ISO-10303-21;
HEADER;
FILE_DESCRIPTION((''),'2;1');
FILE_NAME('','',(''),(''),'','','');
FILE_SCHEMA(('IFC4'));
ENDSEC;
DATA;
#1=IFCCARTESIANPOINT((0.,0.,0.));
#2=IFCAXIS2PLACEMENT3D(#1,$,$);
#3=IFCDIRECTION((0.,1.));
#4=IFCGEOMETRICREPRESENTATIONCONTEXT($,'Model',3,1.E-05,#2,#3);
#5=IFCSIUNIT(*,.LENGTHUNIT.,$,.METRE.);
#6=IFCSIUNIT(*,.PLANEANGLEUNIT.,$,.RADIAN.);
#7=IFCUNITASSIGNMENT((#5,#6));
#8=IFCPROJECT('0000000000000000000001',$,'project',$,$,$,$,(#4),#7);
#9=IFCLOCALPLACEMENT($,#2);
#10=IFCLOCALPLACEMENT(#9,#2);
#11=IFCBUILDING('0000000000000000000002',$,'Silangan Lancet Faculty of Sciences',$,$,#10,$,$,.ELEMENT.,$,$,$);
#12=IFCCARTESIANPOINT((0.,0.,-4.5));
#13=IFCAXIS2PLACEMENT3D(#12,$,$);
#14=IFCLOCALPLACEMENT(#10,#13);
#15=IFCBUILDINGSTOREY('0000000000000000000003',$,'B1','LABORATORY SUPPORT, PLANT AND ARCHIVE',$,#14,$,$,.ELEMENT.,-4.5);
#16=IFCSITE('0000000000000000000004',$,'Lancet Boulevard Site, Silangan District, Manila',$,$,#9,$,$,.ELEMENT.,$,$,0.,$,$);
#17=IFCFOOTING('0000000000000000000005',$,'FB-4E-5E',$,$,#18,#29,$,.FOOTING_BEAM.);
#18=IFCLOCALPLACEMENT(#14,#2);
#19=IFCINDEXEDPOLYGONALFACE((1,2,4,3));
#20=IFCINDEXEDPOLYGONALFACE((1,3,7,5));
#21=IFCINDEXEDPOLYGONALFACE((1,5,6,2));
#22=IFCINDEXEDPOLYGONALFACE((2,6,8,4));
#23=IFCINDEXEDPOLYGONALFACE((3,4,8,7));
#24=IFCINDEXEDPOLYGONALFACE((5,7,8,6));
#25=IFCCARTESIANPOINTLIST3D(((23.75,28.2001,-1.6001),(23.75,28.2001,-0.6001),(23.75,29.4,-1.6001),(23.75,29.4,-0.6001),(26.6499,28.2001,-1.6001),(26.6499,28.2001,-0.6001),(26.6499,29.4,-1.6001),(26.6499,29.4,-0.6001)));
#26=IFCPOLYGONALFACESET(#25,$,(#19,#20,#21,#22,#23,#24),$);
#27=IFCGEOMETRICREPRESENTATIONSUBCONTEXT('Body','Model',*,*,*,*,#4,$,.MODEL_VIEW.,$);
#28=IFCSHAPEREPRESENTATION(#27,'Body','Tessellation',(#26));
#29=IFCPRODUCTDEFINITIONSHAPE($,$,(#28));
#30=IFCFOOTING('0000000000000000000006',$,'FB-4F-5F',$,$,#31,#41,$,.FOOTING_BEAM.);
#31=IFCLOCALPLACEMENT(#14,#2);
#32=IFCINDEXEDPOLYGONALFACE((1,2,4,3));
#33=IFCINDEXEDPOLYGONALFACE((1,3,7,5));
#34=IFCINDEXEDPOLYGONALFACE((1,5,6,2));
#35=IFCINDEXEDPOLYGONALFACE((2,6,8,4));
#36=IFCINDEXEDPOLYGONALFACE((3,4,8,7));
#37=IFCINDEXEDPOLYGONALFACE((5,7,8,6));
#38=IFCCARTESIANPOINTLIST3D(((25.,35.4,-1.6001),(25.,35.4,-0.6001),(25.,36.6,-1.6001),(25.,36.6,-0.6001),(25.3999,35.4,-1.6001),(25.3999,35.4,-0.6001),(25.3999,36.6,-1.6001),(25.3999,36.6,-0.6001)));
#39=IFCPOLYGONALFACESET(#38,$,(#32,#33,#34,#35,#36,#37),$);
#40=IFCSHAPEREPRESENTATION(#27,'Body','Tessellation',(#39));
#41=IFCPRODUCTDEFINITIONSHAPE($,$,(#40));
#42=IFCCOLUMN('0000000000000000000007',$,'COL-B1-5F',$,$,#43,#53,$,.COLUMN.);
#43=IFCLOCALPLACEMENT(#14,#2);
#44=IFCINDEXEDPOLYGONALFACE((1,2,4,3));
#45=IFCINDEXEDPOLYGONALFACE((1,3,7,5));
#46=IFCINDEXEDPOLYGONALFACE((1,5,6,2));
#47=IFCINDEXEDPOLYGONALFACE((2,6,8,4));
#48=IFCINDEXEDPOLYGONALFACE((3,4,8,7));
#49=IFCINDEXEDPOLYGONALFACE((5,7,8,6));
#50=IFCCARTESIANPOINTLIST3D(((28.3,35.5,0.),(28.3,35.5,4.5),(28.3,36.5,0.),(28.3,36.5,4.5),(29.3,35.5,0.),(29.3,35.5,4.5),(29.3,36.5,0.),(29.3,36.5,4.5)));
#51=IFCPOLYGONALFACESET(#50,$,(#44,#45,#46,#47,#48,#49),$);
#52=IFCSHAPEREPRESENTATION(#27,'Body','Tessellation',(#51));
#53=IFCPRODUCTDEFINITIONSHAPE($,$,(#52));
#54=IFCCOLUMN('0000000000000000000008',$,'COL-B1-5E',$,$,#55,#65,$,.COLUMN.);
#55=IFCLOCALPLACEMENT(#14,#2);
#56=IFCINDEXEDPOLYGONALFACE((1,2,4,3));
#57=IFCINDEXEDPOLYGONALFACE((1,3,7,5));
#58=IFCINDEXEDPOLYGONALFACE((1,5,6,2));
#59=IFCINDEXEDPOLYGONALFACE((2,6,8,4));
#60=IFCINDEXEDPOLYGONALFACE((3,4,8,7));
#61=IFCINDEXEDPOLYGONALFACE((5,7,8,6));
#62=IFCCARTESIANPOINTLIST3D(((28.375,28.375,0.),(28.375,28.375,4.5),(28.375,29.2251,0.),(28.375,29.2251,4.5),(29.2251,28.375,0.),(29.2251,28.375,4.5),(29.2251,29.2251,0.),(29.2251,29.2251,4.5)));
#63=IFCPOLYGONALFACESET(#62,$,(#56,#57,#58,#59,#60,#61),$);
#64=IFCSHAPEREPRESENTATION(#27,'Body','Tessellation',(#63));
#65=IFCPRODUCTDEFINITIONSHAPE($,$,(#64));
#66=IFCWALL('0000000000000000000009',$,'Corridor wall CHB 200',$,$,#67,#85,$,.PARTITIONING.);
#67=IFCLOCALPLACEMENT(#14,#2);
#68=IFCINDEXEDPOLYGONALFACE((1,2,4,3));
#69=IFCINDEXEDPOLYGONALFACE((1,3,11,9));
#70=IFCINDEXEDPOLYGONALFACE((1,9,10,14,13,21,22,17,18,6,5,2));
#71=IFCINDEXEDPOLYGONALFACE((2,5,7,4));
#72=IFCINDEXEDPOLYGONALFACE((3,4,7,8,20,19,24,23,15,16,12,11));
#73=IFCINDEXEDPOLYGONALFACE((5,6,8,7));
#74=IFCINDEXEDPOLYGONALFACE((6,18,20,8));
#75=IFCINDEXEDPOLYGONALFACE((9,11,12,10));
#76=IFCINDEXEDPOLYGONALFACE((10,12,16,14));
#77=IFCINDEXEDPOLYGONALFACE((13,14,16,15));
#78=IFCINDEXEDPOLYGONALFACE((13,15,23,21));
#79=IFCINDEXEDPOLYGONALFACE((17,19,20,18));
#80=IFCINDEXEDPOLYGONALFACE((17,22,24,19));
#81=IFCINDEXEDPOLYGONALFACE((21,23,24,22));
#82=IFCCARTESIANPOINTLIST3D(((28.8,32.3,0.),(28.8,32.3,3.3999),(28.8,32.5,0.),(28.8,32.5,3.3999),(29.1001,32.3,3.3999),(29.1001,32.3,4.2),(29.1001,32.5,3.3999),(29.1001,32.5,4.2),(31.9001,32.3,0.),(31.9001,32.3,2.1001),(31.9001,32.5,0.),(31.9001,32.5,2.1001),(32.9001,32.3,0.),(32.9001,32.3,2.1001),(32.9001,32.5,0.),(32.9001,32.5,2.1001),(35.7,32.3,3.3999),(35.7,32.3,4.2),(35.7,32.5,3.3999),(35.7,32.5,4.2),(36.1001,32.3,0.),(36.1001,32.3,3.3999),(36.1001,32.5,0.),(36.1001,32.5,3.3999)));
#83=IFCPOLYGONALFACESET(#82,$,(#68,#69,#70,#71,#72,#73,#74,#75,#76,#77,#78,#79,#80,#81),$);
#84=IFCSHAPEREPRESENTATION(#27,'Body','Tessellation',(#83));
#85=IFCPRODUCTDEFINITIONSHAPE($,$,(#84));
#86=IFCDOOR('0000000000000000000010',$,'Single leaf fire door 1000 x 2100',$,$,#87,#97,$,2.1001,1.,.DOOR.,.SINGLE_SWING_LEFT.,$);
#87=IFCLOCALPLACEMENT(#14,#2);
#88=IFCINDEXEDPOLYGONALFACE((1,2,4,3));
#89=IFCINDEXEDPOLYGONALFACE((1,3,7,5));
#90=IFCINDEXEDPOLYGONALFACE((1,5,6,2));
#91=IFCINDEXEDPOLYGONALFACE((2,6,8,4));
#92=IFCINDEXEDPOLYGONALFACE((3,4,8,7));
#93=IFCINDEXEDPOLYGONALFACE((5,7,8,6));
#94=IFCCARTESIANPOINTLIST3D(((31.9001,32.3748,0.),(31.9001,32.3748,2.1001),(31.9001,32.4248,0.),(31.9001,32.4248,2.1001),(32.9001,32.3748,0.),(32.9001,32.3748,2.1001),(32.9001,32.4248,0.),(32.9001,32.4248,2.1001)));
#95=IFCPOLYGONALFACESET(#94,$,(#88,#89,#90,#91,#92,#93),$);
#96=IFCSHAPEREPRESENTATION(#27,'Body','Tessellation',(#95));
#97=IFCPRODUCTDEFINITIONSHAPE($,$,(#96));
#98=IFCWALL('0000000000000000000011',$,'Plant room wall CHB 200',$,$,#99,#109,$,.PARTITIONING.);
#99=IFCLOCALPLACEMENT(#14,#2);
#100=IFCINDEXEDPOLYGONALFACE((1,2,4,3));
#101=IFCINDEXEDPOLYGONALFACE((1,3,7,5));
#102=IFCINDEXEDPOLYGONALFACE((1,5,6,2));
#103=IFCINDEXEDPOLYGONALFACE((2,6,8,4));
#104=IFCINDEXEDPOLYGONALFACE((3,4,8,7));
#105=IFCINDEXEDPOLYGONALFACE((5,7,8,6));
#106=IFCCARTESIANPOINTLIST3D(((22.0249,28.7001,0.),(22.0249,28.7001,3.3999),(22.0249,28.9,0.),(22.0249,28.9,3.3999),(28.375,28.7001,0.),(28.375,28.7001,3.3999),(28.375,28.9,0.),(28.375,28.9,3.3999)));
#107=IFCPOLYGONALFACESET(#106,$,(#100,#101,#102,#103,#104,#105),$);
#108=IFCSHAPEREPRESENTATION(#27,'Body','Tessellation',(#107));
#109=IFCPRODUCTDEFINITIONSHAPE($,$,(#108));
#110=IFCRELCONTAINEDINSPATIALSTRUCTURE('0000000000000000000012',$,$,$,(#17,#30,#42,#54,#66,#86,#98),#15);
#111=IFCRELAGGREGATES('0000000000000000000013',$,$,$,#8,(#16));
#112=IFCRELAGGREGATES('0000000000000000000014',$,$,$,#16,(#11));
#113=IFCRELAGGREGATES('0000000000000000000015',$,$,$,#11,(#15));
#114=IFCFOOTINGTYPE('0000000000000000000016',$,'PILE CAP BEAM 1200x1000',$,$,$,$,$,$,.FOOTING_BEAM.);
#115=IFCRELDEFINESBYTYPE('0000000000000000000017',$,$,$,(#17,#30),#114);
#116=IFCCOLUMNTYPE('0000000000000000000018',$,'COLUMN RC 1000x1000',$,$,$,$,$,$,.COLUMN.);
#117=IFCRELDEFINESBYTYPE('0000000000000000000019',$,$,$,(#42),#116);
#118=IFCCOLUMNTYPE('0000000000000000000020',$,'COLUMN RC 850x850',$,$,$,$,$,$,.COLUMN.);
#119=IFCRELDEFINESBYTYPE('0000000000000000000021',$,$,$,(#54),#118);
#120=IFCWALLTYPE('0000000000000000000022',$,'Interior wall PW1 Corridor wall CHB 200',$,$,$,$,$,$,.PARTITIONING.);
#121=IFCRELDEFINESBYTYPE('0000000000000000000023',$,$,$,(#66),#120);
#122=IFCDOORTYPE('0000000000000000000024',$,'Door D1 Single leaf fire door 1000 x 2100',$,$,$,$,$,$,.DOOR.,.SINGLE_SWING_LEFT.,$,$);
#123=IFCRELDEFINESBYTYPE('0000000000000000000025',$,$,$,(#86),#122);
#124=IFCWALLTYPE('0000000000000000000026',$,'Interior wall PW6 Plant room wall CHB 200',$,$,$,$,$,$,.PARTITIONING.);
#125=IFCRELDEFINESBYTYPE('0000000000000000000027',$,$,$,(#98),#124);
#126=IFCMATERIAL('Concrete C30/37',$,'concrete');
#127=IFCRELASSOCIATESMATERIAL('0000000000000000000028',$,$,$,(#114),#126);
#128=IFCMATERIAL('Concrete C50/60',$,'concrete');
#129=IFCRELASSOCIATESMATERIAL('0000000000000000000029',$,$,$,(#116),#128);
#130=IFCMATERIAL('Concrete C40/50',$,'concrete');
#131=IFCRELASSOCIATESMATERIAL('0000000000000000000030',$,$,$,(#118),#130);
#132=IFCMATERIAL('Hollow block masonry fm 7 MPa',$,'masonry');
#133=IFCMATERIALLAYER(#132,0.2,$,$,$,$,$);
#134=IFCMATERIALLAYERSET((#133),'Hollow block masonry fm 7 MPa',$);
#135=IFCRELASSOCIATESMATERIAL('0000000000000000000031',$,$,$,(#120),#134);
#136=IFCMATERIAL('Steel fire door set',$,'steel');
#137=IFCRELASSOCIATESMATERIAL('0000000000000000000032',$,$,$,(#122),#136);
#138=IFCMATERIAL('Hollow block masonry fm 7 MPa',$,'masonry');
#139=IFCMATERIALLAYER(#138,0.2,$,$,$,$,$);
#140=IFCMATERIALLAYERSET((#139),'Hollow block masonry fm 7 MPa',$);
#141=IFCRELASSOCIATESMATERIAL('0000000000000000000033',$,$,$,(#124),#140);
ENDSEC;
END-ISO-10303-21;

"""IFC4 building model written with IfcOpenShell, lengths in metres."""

from ifc_helpers import new_model, si_unit, direction, frame, frame_2d, origin, origin_2d, place, context, subcontext, project, spatial, polyline, rectangle, outline, extrude, material, layer, layer_set, material_profile, profile_set, type_object, element, fill, save


model = new_model("IFC4")

# Units and contexts
model_context = context("Model", 3, precision=1e-05, world=origin(), true_north=direction((0.0, 1.0)))
body_context = subcontext(model_context, "Body", "Model", "MODEL_VIEW")
ifc_project = project(units=[si_unit("LENGTHUNIT", "METRE"), si_unit("PLANEANGLEUNIT", "RADIAN")], contexts=[model_context])

# Site, building, storey
site_placement = place(None, origin())
site = spatial("IfcSite", under=ifc_project, at=site_placement, Name="Lancet Boulevard Site, Silangan District, Manila", CompositionType="ELEMENT", RefElevation=0.0)
building_placement = place(site_placement, origin())
building = spatial("IfcBuilding", under=site, at=building_placement, Name="Silangan Lancet Faculty of Sciences", CompositionType="ELEMENT")
storey_placement = place(building_placement, frame((0.0, 0.0, -4.5)))
storey = spatial("IfcBuildingStorey", under=building, at=storey_placement, Name="B1", Description="LABORATORY SUPPORT, PLANT AND ARCHIVE", CompositionType="ELEMENT", Elevation=-4.5)

# Footings
ifc_material_1 = material(Name="Concrete C30/37", Category="concrete")
footing_type_1 = type_object("IfcFootingType", Name="PILE CAP BEAM 1200x1000", PredefinedType="FOOTING_BEAM", material=ifc_material_1)
footing_1_placement = place(storey_placement, frame((25.2, 28.8, -1.6001), z_axis=(0.0, 0.0, 1.0), x_axis=(1.0, 0.0, 0.0)))
element("IfcFooting", 1, at=footing_1_placement, inside=storey, type_object=footing_type_1, Name="FB-4E-5E", PredefinedType="FOOTING_BEAM", context=body_context, shape_type="SweptSolid", body=[
    extrude(rectangle(XDim=2.8999, YDim=1.2, at=origin_2d()), origin(), (0.0, 0.0, 1.0), 1.0),
])
footing_2_placement = place(storey_placement, frame((25.2, 36.0, -1.6001), z_axis=(0.0, 0.0, 1.0), x_axis=(1.0, 0.0, 0.0)))
element("IfcFooting", 2, at=footing_2_placement, inside=storey, type_object=footing_type_1, Name="FB-4F-5F", PredefinedType="FOOTING_BEAM", context=body_context, shape_type="SweptSolid", body=[
    extrude(rectangle(XDim=0.3999, YDim=1.2, at=origin_2d()), origin(), (0.0, 0.0, 1.0), 1.0),
])

# Columns
ifc_material_2 = material(Name="Concrete C50/60", Category="concrete")
ifc_material_profile_1 = material_profile(ifc_material_2, rectangle(XDim=1.0, YDim=1.0, at=origin_2d()), Name="RC 1000x1000")
ifc_profile_set_1 = profile_set([ifc_material_profile_1], Name="Concrete C50/60")
column_type_1 = type_object("IfcColumnType", Name="COLUMN RC 1000x1000", PredefinedType="COLUMN", material=ifc_profile_set_1)
column_1_placement = place(storey_placement, frame((28.8, 36.0, 0.0), z_axis=(0.0, 0.0, 1.0), x_axis=(1.0, 0.0, 0.0)))
element("IfcColumn", 3, at=column_1_placement, inside=storey, type_object=column_type_1, Name="COL-B1-5F", PredefinedType="COLUMN", context=body_context, shape_type="SweptSolid", body=[
    extrude(rectangle(XDim=1.0, YDim=1.0, at=origin_2d()), origin(), (0.0, 0.0, 1.0), 4.5),
])
ifc_material_3 = material(Name="Concrete C40/50", Category="concrete")
ifc_material_profile_2 = material_profile(ifc_material_3, rectangle(XDim=0.8501, YDim=0.8501, at=origin_2d()), Name="RC 850x850")
ifc_profile_set_2 = profile_set([ifc_material_profile_2], Name="Concrete C40/50")
column_type_2 = type_object("IfcColumnType", Name="COLUMN RC 850x850", PredefinedType="COLUMN", material=ifc_profile_set_2)
column_2_placement = place(storey_placement, frame((28.8, 28.8, 0.0), z_axis=(0.0, 0.0, 1.0), x_axis=(1.0, 0.0, 0.0)))
element("IfcColumn", 4, at=column_2_placement, inside=storey, type_object=column_type_2, Name="COL-B1-5E", PredefinedType="COLUMN", context=body_context, shape_type="SweptSolid", body=[
    extrude(rectangle(XDim=0.8501, YDim=0.8501, at=origin_2d()), origin(), (0.0, 0.0, 1.0), 4.5),
])

# Wall, opening, door
ifc_material_4 = material(Name="Hollow block masonry fm 7 MPa", Category="masonry")
ifc_layer_1 = layer(ifc_material_4, 0.2)
ifc_layer_set_1 = layer_set([ifc_layer_1], Name="Hollow block masonry fm 7 MPa")
wall_type_1 = type_object("IfcWallType", Name="Interior wall PW1 Corridor wall CHB 200", PredefinedType="PARTITIONING", material=ifc_layer_set_1)
wall_1_placement = place(storey_placement, frame((28.8, 32.3999, 0.0), z_axis=(0.0, 0.0, 1.0), x_axis=(1.0, 0.0, 0.0)))
wall_1 = element("IfcWall", 5, at=wall_1_placement, inside=storey, type_object=wall_type_1, Name="Corridor wall CHB 200", PredefinedType="PARTITIONING", context=body_context, shape_type="SweptSolid", body=[
    extrude(outline(polyline([(0.0, 0.0), (7.3, 0.0), (7.3, 3.3999), (6.8999, 3.3999), (6.8999, 4.2), (0.3, 4.2), (0.3, 3.3999), (0.0, 3.3999), (0.0, 0.0)])), frame((0.0, 0.1001, 0.0), z_axis=(0.0, -1.0, 0.0), x_axis=(1.0, 0.0, 0.0)), (0.0, 0.0, 1.0), 0.2),
])
opening_placement = place(wall_1_placement, frame((3.1001, 0.0, 0.0)))
opening = element("IfcOpeningElement", 6, at=opening_placement, cuts=wall_1, PredefinedType="OPENING", context=body_context, shape_type="SweptSolid", body=[
    extrude(rectangle(XDim=1.0, YDim=2.1001, at=frame_2d((0.5, 1.05))), frame((0.0, 0.1099, 0.0), z_axis=(0.0, -1.0, 0.0), x_axis=(1.0, 0.0, 0.0)), (0.0, 0.0, 1.0), 0.22),
])
ifc_material_5 = material(Name="Steel fire door set", Category="steel")
door_type = type_object("IfcDoorType", Name="Door D1 Single leaf fire door 1000 x 2100", OperationType="SINGLE_SWING_LEFT", PredefinedType="DOOR", material=ifc_material_5)
door_placement = place(opening_placement, origin())
door = element("IfcDoor", 7, at=door_placement, inside=storey, type_object=door_type, Name="Single leaf fire door 1000 x 2100", OperationType="SINGLE_SWING_LEFT", OverallHeight=2.1001, OverallWidth=1.0, PredefinedType="DOOR", context=body_context, shape_type="SweptSolid", body=[
    extrude(rectangle(XDim=1.0, YDim=2.1001, at=frame_2d((0.5, 1.05))), frame((0.0, 0.0249, 0.0), z_axis=(0.0, -1.0, 0.0), x_axis=(1.0, 0.0, 0.0)), (0.0, 0.0, 1.0), 0.05),
])
fill(opening, door)

# Wall
ifc_material_6 = material(Name="Hollow block masonry fm 7 MPa", Category="masonry")
ifc_layer_2 = layer(ifc_material_6, 0.2)
ifc_layer_set_2 = layer_set([ifc_layer_2], Name="Hollow block masonry fm 7 MPa")
wall_type_2 = type_object("IfcWallType", Name="Interior wall PW6 Plant room wall CHB 200", PredefinedType="PARTITIONING", material=ifc_layer_set_2)
wall_2_placement = place(storey_placement, frame((22.0249, 28.8, 0.0), z_axis=(0.0, 0.0, 1.0), x_axis=(1.0, 0.0, 0.0)))
element("IfcWall", 8, at=wall_2_placement, inside=storey, type_object=wall_type_2, Name="Plant room wall CHB 200", PredefinedType="PARTITIONING", context=body_context, shape_type="SweptSolid", body=[
    extrude(rectangle(XDim=6.3501, YDim=0.2, at=frame_2d((3.175, 0.0))), origin(), (0.0, 0.0, 1.0), 3.3999),
])

save(model, "model.ifc")
